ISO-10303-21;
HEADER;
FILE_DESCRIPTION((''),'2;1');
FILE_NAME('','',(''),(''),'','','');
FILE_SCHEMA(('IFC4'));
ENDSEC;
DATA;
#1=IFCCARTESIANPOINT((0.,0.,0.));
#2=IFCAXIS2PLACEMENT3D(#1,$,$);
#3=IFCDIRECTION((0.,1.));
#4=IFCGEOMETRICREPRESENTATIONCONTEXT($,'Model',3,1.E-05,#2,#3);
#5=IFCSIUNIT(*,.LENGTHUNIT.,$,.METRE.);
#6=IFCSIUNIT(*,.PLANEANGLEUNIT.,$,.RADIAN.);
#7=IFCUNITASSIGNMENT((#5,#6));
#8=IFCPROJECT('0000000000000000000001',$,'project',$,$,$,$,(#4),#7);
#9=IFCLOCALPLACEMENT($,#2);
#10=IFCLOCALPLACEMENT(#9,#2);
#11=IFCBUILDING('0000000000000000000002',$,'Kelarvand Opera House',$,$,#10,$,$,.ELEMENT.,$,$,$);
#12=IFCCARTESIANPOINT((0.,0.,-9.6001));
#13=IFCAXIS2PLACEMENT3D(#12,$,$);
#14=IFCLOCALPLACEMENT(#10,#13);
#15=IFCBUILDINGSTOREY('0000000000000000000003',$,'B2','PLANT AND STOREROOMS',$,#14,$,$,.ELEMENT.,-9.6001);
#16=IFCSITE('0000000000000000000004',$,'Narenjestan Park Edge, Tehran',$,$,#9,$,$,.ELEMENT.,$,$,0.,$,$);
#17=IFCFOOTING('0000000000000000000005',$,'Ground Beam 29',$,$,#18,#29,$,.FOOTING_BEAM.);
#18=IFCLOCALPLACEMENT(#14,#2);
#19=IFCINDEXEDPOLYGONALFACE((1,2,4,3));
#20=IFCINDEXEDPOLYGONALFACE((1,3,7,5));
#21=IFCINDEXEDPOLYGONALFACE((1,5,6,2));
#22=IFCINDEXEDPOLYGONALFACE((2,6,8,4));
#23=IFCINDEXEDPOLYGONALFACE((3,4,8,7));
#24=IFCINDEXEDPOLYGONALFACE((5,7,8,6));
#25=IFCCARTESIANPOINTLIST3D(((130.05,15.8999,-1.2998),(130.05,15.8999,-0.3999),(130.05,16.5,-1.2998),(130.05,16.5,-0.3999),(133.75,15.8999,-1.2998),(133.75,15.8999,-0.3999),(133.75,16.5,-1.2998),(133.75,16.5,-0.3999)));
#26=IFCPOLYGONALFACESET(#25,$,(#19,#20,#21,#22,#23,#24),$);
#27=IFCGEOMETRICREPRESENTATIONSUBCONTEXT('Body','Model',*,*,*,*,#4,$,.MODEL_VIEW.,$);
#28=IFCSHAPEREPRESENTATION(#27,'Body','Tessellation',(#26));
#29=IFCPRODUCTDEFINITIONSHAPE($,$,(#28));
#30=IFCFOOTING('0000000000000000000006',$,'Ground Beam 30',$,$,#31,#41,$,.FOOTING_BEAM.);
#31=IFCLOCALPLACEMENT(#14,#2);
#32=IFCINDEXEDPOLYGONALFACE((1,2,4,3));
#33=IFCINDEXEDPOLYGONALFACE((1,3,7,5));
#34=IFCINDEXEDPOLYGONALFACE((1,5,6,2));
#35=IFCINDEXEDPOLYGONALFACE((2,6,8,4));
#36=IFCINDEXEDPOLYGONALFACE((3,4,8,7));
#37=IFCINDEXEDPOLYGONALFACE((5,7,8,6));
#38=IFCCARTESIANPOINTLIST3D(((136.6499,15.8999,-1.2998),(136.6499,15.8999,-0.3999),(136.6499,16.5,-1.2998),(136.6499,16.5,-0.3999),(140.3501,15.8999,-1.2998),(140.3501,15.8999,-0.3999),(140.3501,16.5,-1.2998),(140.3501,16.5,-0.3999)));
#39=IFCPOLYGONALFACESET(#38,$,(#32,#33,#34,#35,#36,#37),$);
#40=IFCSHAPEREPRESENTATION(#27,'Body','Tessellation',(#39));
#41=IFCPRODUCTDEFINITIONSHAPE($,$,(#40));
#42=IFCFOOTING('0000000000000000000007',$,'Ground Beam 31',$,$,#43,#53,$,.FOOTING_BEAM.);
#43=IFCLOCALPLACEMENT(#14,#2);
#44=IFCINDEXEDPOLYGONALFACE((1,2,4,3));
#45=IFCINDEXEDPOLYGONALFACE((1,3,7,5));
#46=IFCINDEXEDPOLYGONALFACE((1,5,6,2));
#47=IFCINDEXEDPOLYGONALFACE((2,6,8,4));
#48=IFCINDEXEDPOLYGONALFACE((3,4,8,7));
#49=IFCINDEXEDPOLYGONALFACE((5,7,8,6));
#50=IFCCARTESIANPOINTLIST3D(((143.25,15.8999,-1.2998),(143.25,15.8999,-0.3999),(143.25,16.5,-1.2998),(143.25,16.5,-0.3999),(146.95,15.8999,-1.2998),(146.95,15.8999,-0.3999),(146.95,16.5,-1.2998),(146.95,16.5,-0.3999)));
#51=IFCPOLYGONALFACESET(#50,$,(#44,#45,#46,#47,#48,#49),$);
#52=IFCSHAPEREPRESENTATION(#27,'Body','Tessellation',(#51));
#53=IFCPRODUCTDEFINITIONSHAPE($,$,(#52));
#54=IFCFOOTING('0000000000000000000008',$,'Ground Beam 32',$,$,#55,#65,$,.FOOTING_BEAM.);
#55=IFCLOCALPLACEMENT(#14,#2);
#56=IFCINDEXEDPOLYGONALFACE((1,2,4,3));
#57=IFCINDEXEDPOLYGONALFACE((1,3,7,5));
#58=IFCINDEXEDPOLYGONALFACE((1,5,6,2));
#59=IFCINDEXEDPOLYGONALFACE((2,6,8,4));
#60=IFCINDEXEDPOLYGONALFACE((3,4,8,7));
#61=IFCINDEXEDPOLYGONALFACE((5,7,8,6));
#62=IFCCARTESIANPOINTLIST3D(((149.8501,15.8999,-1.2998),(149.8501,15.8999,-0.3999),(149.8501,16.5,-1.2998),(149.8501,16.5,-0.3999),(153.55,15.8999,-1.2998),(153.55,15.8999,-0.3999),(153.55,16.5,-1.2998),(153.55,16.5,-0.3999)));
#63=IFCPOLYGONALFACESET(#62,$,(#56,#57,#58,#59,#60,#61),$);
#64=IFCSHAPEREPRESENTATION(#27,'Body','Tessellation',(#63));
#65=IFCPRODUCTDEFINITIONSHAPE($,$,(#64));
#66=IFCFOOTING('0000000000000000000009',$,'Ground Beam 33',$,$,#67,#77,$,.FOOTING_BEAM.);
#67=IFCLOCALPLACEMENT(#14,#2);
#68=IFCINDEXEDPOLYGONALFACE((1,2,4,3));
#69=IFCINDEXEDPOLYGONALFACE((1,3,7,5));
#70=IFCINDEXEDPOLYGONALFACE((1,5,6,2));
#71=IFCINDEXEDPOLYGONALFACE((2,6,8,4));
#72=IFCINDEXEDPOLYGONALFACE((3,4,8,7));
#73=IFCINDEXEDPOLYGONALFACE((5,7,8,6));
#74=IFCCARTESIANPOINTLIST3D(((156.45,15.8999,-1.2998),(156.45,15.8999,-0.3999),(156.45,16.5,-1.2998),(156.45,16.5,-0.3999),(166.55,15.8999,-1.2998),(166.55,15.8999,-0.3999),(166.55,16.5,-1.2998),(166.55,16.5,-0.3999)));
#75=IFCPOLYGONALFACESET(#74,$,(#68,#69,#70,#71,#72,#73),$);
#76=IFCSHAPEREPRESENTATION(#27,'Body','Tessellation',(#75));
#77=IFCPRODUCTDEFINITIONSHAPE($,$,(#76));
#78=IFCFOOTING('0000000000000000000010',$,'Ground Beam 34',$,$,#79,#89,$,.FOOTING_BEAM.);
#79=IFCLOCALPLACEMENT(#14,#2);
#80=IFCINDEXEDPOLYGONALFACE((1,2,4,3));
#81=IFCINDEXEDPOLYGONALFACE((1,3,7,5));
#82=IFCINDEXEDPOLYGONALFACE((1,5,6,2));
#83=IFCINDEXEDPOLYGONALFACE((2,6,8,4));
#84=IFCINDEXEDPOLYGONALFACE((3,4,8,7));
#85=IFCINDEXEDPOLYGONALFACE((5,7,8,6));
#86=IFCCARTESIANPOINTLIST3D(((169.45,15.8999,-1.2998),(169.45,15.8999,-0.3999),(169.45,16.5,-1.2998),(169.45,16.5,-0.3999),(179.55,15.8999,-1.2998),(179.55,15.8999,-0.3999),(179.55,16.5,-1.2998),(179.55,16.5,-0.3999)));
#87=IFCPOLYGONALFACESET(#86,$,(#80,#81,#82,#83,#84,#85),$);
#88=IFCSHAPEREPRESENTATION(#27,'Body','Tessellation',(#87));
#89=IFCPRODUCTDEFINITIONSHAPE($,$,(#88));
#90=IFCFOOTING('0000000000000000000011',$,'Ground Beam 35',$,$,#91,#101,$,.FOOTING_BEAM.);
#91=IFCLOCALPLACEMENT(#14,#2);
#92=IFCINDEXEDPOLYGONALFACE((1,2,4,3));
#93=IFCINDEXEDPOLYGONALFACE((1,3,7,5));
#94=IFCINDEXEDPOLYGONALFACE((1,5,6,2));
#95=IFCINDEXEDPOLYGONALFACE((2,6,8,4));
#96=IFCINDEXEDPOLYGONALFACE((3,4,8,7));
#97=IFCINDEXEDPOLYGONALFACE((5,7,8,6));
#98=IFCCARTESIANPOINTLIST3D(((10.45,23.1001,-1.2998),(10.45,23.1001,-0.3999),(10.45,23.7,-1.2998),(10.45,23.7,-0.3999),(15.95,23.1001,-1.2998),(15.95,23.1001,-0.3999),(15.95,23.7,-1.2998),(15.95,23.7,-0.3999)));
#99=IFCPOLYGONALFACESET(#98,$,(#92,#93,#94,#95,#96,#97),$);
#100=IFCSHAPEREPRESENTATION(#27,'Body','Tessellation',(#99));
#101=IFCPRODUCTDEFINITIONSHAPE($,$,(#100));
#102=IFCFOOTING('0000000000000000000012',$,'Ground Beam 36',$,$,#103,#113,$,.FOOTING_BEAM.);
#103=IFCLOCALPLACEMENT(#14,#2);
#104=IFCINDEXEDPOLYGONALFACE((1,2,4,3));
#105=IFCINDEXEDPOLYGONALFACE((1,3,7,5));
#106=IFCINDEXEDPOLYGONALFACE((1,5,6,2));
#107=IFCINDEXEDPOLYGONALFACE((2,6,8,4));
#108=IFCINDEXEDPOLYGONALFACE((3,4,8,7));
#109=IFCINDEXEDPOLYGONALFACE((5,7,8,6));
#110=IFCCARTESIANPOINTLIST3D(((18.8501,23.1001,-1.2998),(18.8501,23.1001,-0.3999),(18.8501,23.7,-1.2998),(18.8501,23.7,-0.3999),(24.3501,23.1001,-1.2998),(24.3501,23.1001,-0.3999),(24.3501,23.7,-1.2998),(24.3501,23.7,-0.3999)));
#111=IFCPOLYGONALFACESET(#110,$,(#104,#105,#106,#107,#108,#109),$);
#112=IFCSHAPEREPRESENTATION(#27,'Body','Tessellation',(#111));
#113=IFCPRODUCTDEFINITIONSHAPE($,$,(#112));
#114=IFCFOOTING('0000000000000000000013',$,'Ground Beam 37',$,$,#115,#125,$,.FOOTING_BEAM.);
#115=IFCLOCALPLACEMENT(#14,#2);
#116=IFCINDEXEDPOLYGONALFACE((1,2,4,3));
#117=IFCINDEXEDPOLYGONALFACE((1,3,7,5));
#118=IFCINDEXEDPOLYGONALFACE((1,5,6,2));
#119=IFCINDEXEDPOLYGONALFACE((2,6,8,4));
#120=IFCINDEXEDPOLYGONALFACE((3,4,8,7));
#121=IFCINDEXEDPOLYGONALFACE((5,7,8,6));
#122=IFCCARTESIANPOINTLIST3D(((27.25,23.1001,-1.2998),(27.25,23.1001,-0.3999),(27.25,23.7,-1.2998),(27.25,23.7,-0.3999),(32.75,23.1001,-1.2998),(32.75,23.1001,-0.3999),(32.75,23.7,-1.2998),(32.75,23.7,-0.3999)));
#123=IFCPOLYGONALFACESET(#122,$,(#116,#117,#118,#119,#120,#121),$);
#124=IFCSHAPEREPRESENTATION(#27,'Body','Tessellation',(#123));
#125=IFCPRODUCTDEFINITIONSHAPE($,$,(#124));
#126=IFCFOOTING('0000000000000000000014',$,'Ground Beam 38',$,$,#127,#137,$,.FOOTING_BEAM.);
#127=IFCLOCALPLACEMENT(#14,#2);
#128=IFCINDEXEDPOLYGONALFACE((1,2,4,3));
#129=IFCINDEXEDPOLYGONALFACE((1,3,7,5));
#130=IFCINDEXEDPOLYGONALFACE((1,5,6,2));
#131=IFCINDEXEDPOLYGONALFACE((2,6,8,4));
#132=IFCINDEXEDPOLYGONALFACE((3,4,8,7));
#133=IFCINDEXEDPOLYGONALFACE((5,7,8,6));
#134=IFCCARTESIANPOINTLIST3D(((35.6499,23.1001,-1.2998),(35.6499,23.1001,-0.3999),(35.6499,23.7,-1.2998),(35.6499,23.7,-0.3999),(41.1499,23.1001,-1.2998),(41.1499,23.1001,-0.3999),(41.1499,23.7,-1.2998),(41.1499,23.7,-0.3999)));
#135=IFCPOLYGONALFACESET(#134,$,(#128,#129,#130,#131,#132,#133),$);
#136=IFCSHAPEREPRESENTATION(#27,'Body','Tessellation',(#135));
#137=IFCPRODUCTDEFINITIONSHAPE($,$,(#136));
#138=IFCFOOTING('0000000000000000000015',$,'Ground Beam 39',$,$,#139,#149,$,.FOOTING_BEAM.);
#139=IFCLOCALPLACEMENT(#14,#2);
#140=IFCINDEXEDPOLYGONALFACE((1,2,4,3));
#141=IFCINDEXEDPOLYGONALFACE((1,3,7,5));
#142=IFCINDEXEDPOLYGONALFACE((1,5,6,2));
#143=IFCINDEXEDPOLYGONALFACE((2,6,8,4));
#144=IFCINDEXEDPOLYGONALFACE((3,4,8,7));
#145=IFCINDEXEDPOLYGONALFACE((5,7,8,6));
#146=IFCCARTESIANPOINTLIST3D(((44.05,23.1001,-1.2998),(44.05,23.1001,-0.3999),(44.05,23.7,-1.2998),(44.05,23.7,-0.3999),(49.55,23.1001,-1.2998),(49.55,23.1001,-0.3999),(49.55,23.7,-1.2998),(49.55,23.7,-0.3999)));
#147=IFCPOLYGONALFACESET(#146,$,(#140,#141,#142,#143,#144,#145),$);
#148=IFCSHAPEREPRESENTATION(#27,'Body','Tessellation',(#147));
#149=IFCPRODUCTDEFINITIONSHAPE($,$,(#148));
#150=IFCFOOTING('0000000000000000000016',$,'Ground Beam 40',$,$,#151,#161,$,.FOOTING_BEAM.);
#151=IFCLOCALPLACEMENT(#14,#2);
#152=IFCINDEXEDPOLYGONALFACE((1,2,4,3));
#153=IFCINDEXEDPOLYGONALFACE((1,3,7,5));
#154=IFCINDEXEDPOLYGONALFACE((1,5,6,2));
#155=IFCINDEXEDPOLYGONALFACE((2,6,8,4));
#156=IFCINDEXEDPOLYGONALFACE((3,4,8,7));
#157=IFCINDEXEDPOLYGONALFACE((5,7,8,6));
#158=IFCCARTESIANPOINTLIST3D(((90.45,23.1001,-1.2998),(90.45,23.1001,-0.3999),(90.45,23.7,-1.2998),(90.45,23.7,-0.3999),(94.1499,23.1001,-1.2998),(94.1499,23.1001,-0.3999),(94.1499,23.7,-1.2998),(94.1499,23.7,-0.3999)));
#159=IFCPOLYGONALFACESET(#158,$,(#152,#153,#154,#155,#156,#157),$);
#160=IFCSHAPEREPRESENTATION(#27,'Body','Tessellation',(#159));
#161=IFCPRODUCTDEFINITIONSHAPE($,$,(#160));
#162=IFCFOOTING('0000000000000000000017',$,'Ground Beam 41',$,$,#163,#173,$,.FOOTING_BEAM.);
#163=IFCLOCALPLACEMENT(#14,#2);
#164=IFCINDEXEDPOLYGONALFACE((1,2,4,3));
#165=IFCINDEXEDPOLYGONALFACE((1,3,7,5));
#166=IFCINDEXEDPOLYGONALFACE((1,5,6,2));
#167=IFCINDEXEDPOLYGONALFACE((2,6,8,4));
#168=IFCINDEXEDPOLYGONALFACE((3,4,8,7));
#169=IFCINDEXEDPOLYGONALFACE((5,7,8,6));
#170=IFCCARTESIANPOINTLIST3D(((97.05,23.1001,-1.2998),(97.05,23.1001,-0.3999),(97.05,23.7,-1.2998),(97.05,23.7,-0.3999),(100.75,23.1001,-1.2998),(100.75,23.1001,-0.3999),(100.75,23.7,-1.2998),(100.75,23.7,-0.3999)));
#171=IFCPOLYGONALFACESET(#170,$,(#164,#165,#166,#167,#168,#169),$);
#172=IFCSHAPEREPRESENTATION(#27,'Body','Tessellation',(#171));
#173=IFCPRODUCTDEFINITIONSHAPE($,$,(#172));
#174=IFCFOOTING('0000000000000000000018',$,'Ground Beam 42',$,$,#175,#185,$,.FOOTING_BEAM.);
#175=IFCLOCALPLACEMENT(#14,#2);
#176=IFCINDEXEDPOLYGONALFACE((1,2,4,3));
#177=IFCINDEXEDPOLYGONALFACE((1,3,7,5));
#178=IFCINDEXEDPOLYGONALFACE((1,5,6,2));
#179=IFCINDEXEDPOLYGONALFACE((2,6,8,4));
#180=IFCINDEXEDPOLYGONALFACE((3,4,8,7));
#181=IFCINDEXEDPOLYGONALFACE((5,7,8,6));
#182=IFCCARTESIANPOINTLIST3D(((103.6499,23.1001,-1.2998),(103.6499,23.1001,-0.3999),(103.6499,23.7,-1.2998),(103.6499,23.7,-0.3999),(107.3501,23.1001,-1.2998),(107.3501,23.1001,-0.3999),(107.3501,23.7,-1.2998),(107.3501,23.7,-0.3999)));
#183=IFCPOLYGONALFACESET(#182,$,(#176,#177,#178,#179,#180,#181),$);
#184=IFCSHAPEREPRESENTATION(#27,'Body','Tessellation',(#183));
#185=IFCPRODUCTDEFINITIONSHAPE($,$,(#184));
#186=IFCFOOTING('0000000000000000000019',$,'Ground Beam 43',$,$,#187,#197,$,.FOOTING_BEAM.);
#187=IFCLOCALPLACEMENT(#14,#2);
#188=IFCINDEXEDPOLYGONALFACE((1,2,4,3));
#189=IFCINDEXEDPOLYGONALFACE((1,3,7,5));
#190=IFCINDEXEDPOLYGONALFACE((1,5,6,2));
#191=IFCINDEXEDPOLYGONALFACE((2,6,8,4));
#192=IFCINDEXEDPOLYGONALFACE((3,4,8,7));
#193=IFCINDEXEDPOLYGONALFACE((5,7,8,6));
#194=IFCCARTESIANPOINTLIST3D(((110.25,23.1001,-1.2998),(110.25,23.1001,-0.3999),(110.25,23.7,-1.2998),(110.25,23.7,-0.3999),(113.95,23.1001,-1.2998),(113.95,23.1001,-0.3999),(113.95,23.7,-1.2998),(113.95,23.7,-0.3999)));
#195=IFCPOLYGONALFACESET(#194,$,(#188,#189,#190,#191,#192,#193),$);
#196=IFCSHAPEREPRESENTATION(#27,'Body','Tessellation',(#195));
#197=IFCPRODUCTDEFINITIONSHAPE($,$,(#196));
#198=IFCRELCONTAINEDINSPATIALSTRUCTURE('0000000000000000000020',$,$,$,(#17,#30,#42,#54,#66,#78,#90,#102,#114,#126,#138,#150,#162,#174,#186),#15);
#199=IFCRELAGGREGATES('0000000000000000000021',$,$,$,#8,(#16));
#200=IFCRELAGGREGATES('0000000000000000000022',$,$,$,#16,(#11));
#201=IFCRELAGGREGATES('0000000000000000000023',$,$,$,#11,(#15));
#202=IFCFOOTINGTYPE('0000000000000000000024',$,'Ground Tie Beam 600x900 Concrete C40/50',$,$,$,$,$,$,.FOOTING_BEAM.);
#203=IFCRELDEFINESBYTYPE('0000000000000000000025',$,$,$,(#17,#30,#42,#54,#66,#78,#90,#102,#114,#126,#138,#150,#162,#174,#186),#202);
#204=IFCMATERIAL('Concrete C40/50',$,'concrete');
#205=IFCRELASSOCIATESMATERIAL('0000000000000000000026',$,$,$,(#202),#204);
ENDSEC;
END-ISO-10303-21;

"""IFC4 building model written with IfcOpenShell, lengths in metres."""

from ifc_helpers import new_model, si_unit, direction, frame, origin, place, context, subcontext, project, spatial, polyline, outline, extrude, material, type_object, element, save


model = new_model("IFC4")

# Units and contexts
model_context = context("Model", 3, precision=1e-05, world=origin(), true_north=direction((0.0, 1.0)))
body_context = subcontext(model_context, "Body", "Model", "MODEL_VIEW")
ifc_project = project(units=[si_unit("LENGTHUNIT", "METRE"), si_unit("PLANEANGLEUNIT", "RADIAN")], contexts=[model_context])

# Site, building, storey
site_placement = place(None, origin())
site = spatial("IfcSite", under=ifc_project, at=site_placement, Name="Narenjestan Park Edge, Tehran", CompositionType="ELEMENT", RefElevation=0.0)
building_placement = place(site_placement, origin())
building = spatial("IfcBuilding", under=site, at=building_placement, Name="Kelarvand Opera House", CompositionType="ELEMENT")
storey_placement = place(building_placement, frame((0.0, 0.0, -9.6001)))
storey = spatial("IfcBuildingStorey", under=building, at=storey_placement, Name="B2", Description="PLANT AND STOREROOMS", CompositionType="ELEMENT", Elevation=-9.6001)

# Footings
ifc_material = material(Name="Concrete C40/50", Category="concrete")
footing_type = type_object("IfcFootingType", Name="Ground Tie Beam 600x900 Concrete C40/50", PredefinedType="FOOTING_BEAM", material=ifc_material)
footing_1_placement = place(storey_placement, frame((0.0, 0.0, -1.2998)))
element("IfcFooting", 1, at=footing_1_placement, inside=storey, type_object=footing_type, Name="Ground Beam 29", PredefinedType="FOOTING_BEAM", context=body_context, shape_type="SweptSolid", body=[
    extrude(outline(polyline([(130.05, 15.8999), (133.75, 15.8999), (133.75, 16.5), (130.05, 16.5), (130.05, 15.8999)])), origin(), (0.0, 0.0, 1.0), 0.8999),
])
footing_2_placement = place(storey_placement, frame((0.0, 0.0, -1.2998)))
element("IfcFooting", 2, at=footing_2_placement, inside=storey, type_object=footing_type, Name="Ground Beam 30", PredefinedType="FOOTING_BEAM", context=body_context, shape_type="SweptSolid", body=[
    extrude(outline(polyline([(136.6499, 15.8999), (140.3501, 15.8999), (140.3501, 16.5), (136.6499, 16.5), (136.6499, 15.8999)])), origin(), (0.0, 0.0, 1.0), 0.8999),
])
footing_3_placement = place(storey_placement, frame((0.0, 0.0, -1.2998)))
element("IfcFooting", 3, at=footing_3_placement, inside=storey, type_object=footing_type, Name="Ground Beam 31", PredefinedType="FOOTING_BEAM", context=body_context, shape_type="SweptSolid", body=[
    extrude(outline(polyline([(143.25, 15.8999), (146.95, 15.8999), (146.95, 16.5), (143.25, 16.5), (143.25, 15.8999)])), origin(), (0.0, 0.0, 1.0), 0.8999),
])
footing_4_placement = place(storey_placement, frame((0.0, 0.0, -1.2998)))
element("IfcFooting", 4, at=footing_4_placement, inside=storey, type_object=footing_type, Name="Ground Beam 32", PredefinedType="FOOTING_BEAM", context=body_context, shape_type="SweptSolid", body=[
    extrude(outline(polyline([(149.8501, 15.8999), (153.55, 15.8999), (153.55, 16.5), (149.8501, 16.5), (149.8501, 15.8999)])), origin(), (0.0, 0.0, 1.0), 0.8999),
])
footing_5_placement = place(storey_placement, frame((0.0, 0.0, -1.2998)))
element("IfcFooting", 5, at=footing_5_placement, inside=storey, type_object=footing_type, Name="Ground Beam 33", PredefinedType="FOOTING_BEAM", context=body_context, shape_type="SweptSolid", body=[
    extrude(outline(polyline([(156.45, 15.8999), (166.55, 15.8999), (166.55, 16.5), (156.45, 16.5), (156.45, 15.8999)])), origin(), (0.0, 0.0, 1.0), 0.8999),
])
footing_6_placement = place(storey_placement, frame((0.0, 0.0, -1.2998)))
element("IfcFooting", 6, at=footing_6_placement, inside=storey, type_object=footing_type, Name="Ground Beam 34", PredefinedType="FOOTING_BEAM", context=body_context, shape_type="SweptSolid", body=[
    extrude(outline(polyline([(169.45, 15.8999), (179.55, 15.8999), (179.55, 16.5), (169.45, 16.5), (169.45, 15.8999)])), origin(), (0.0, 0.0, 1.0), 0.8999),
])
footing_7_placement = place(storey_placement, frame((0.0, 0.0, -1.2998)))
element("IfcFooting", 7, at=footing_7_placement, inside=storey, type_object=footing_type, Name="Ground Beam 35", PredefinedType="FOOTING_BEAM", context=body_context, shape_type="SweptSolid", body=[
    extrude(outline(polyline([(10.45, 23.1001), (15.95, 23.1001), (15.95, 23.7), (10.45, 23.7), (10.45, 23.1001)])), origin(), (0.0, 0.0, 1.0), 0.8999),
])
footing_8_placement = place(storey_placement, frame((0.0, 0.0, -1.2998)))
element("IfcFooting", 8, at=footing_8_placement, inside=storey, type_object=footing_type, Name="Ground Beam 36", PredefinedType="FOOTING_BEAM", context=body_context, shape_type="SweptSolid", body=[
    extrude(outline(polyline([(18.8501, 23.1001), (24.3501, 23.1001), (24.3501, 23.7), (18.8501, 23.7), (18.8501, 23.1001)])), origin(), (0.0, 0.0, 1.0), 0.8999),
])
footing_9_placement = place(storey_placement, frame((0.0, 0.0, -1.2998)))
element("IfcFooting", 9, at=footing_9_placement, inside=storey, type_object=footing_type, Name="Ground Beam 37", PredefinedType="FOOTING_BEAM", context=body_context, shape_type="SweptSolid", body=[
    extrude(outline(polyline([(27.25, 23.1001), (32.75, 23.1001), (32.75, 23.7), (27.25, 23.7), (27.25, 23.1001)])), origin(), (0.0, 0.0, 1.0), 0.8999),
])
footing_10_placement = place(storey_placement, frame((0.0, 0.0, -1.2998)))
element("IfcFooting", 10, at=footing_10_placement, inside=storey, type_object=footing_type, Name="Ground Beam 38", PredefinedType="FOOTING_BEAM", context=body_context, shape_type="SweptSolid", body=[
    extrude(outline(polyline([(35.6499, 23.1001), (41.1499, 23.1001), (41.1499, 23.7), (35.6499, 23.7), (35.6499, 23.1001)])), origin(), (0.0, 0.0, 1.0), 0.8999),
])
footing_11_placement = place(storey_placement, frame((0.0, 0.0, -1.2998)))
element("IfcFooting", 11, at=footing_11_placement, inside=storey, type_object=footing_type, Name="Ground Beam 39", PredefinedType="FOOTING_BEAM", context=body_context, shape_type="SweptSolid", body=[
    extrude(outline(polyline([(44.05, 23.1001), (49.55, 23.1001), (49.55, 23.7), (44.05, 23.7), (44.05, 23.1001)])), origin(), (0.0, 0.0, 1.0), 0.8999),
])
footing_12_placement = place(storey_placement, frame((0.0, 0.0, -1.2998)))
element("IfcFooting", 12, at=footing_12_placement, inside=storey, type_object=footing_type, Name="Ground Beam 40", PredefinedType="FOOTING_BEAM", context=body_context, shape_type="SweptSolid", body=[
    extrude(outline(polyline([(90.45, 23.1001), (94.1499, 23.1001), (94.1499, 23.7), (90.45, 23.7), (90.45, 23.1001)])), origin(), (0.0, 0.0, 1.0), 0.8999),
])
footing_13_placement = place(storey_placement, frame((0.0, 0.0, -1.2998)))
element("IfcFooting", 13, at=footing_13_placement, inside=storey, type_object=footing_type, Name="Ground Beam 41", PredefinedType="FOOTING_BEAM", context=body_context, shape_type="SweptSolid", body=[
    extrude(outline(polyline([(97.05, 23.1001), (100.75, 23.1001), (100.75, 23.7), (97.05, 23.7), (97.05, 23.1001)])), origin(), (0.0, 0.0, 1.0), 0.8999),
])
footing_14_placement = place(storey_placement, frame((0.0, 0.0, -1.2998)))
element("IfcFooting", 14, at=footing_14_placement, inside=storey, type_object=footing_type, Name="Ground Beam 42", PredefinedType="FOOTING_BEAM", context=body_context, shape_type="SweptSolid", body=[
    extrude(outline(polyline([(103.6499, 23.1001), (107.3501, 23.1001), (107.3501, 23.7), (103.6499, 23.7), (103.6499, 23.1001)])), origin(), (0.0, 0.0, 1.0), 0.8999),
])
footing_15_placement = place(storey_placement, frame((0.0, 0.0, -1.2998)))
element("IfcFooting", 15, at=footing_15_placement, inside=storey, type_object=footing_type, Name="Ground Beam 43", PredefinedType="FOOTING_BEAM", context=body_context, shape_type="SweptSolid", body=[
    extrude(outline(polyline([(110.25, 23.1001), (113.95, 23.1001), (113.95, 23.7), (110.25, 23.7), (110.25, 23.1001)])), origin(), (0.0, 0.0, 1.0), 0.8999),
])

save(model, "model.ifc")
